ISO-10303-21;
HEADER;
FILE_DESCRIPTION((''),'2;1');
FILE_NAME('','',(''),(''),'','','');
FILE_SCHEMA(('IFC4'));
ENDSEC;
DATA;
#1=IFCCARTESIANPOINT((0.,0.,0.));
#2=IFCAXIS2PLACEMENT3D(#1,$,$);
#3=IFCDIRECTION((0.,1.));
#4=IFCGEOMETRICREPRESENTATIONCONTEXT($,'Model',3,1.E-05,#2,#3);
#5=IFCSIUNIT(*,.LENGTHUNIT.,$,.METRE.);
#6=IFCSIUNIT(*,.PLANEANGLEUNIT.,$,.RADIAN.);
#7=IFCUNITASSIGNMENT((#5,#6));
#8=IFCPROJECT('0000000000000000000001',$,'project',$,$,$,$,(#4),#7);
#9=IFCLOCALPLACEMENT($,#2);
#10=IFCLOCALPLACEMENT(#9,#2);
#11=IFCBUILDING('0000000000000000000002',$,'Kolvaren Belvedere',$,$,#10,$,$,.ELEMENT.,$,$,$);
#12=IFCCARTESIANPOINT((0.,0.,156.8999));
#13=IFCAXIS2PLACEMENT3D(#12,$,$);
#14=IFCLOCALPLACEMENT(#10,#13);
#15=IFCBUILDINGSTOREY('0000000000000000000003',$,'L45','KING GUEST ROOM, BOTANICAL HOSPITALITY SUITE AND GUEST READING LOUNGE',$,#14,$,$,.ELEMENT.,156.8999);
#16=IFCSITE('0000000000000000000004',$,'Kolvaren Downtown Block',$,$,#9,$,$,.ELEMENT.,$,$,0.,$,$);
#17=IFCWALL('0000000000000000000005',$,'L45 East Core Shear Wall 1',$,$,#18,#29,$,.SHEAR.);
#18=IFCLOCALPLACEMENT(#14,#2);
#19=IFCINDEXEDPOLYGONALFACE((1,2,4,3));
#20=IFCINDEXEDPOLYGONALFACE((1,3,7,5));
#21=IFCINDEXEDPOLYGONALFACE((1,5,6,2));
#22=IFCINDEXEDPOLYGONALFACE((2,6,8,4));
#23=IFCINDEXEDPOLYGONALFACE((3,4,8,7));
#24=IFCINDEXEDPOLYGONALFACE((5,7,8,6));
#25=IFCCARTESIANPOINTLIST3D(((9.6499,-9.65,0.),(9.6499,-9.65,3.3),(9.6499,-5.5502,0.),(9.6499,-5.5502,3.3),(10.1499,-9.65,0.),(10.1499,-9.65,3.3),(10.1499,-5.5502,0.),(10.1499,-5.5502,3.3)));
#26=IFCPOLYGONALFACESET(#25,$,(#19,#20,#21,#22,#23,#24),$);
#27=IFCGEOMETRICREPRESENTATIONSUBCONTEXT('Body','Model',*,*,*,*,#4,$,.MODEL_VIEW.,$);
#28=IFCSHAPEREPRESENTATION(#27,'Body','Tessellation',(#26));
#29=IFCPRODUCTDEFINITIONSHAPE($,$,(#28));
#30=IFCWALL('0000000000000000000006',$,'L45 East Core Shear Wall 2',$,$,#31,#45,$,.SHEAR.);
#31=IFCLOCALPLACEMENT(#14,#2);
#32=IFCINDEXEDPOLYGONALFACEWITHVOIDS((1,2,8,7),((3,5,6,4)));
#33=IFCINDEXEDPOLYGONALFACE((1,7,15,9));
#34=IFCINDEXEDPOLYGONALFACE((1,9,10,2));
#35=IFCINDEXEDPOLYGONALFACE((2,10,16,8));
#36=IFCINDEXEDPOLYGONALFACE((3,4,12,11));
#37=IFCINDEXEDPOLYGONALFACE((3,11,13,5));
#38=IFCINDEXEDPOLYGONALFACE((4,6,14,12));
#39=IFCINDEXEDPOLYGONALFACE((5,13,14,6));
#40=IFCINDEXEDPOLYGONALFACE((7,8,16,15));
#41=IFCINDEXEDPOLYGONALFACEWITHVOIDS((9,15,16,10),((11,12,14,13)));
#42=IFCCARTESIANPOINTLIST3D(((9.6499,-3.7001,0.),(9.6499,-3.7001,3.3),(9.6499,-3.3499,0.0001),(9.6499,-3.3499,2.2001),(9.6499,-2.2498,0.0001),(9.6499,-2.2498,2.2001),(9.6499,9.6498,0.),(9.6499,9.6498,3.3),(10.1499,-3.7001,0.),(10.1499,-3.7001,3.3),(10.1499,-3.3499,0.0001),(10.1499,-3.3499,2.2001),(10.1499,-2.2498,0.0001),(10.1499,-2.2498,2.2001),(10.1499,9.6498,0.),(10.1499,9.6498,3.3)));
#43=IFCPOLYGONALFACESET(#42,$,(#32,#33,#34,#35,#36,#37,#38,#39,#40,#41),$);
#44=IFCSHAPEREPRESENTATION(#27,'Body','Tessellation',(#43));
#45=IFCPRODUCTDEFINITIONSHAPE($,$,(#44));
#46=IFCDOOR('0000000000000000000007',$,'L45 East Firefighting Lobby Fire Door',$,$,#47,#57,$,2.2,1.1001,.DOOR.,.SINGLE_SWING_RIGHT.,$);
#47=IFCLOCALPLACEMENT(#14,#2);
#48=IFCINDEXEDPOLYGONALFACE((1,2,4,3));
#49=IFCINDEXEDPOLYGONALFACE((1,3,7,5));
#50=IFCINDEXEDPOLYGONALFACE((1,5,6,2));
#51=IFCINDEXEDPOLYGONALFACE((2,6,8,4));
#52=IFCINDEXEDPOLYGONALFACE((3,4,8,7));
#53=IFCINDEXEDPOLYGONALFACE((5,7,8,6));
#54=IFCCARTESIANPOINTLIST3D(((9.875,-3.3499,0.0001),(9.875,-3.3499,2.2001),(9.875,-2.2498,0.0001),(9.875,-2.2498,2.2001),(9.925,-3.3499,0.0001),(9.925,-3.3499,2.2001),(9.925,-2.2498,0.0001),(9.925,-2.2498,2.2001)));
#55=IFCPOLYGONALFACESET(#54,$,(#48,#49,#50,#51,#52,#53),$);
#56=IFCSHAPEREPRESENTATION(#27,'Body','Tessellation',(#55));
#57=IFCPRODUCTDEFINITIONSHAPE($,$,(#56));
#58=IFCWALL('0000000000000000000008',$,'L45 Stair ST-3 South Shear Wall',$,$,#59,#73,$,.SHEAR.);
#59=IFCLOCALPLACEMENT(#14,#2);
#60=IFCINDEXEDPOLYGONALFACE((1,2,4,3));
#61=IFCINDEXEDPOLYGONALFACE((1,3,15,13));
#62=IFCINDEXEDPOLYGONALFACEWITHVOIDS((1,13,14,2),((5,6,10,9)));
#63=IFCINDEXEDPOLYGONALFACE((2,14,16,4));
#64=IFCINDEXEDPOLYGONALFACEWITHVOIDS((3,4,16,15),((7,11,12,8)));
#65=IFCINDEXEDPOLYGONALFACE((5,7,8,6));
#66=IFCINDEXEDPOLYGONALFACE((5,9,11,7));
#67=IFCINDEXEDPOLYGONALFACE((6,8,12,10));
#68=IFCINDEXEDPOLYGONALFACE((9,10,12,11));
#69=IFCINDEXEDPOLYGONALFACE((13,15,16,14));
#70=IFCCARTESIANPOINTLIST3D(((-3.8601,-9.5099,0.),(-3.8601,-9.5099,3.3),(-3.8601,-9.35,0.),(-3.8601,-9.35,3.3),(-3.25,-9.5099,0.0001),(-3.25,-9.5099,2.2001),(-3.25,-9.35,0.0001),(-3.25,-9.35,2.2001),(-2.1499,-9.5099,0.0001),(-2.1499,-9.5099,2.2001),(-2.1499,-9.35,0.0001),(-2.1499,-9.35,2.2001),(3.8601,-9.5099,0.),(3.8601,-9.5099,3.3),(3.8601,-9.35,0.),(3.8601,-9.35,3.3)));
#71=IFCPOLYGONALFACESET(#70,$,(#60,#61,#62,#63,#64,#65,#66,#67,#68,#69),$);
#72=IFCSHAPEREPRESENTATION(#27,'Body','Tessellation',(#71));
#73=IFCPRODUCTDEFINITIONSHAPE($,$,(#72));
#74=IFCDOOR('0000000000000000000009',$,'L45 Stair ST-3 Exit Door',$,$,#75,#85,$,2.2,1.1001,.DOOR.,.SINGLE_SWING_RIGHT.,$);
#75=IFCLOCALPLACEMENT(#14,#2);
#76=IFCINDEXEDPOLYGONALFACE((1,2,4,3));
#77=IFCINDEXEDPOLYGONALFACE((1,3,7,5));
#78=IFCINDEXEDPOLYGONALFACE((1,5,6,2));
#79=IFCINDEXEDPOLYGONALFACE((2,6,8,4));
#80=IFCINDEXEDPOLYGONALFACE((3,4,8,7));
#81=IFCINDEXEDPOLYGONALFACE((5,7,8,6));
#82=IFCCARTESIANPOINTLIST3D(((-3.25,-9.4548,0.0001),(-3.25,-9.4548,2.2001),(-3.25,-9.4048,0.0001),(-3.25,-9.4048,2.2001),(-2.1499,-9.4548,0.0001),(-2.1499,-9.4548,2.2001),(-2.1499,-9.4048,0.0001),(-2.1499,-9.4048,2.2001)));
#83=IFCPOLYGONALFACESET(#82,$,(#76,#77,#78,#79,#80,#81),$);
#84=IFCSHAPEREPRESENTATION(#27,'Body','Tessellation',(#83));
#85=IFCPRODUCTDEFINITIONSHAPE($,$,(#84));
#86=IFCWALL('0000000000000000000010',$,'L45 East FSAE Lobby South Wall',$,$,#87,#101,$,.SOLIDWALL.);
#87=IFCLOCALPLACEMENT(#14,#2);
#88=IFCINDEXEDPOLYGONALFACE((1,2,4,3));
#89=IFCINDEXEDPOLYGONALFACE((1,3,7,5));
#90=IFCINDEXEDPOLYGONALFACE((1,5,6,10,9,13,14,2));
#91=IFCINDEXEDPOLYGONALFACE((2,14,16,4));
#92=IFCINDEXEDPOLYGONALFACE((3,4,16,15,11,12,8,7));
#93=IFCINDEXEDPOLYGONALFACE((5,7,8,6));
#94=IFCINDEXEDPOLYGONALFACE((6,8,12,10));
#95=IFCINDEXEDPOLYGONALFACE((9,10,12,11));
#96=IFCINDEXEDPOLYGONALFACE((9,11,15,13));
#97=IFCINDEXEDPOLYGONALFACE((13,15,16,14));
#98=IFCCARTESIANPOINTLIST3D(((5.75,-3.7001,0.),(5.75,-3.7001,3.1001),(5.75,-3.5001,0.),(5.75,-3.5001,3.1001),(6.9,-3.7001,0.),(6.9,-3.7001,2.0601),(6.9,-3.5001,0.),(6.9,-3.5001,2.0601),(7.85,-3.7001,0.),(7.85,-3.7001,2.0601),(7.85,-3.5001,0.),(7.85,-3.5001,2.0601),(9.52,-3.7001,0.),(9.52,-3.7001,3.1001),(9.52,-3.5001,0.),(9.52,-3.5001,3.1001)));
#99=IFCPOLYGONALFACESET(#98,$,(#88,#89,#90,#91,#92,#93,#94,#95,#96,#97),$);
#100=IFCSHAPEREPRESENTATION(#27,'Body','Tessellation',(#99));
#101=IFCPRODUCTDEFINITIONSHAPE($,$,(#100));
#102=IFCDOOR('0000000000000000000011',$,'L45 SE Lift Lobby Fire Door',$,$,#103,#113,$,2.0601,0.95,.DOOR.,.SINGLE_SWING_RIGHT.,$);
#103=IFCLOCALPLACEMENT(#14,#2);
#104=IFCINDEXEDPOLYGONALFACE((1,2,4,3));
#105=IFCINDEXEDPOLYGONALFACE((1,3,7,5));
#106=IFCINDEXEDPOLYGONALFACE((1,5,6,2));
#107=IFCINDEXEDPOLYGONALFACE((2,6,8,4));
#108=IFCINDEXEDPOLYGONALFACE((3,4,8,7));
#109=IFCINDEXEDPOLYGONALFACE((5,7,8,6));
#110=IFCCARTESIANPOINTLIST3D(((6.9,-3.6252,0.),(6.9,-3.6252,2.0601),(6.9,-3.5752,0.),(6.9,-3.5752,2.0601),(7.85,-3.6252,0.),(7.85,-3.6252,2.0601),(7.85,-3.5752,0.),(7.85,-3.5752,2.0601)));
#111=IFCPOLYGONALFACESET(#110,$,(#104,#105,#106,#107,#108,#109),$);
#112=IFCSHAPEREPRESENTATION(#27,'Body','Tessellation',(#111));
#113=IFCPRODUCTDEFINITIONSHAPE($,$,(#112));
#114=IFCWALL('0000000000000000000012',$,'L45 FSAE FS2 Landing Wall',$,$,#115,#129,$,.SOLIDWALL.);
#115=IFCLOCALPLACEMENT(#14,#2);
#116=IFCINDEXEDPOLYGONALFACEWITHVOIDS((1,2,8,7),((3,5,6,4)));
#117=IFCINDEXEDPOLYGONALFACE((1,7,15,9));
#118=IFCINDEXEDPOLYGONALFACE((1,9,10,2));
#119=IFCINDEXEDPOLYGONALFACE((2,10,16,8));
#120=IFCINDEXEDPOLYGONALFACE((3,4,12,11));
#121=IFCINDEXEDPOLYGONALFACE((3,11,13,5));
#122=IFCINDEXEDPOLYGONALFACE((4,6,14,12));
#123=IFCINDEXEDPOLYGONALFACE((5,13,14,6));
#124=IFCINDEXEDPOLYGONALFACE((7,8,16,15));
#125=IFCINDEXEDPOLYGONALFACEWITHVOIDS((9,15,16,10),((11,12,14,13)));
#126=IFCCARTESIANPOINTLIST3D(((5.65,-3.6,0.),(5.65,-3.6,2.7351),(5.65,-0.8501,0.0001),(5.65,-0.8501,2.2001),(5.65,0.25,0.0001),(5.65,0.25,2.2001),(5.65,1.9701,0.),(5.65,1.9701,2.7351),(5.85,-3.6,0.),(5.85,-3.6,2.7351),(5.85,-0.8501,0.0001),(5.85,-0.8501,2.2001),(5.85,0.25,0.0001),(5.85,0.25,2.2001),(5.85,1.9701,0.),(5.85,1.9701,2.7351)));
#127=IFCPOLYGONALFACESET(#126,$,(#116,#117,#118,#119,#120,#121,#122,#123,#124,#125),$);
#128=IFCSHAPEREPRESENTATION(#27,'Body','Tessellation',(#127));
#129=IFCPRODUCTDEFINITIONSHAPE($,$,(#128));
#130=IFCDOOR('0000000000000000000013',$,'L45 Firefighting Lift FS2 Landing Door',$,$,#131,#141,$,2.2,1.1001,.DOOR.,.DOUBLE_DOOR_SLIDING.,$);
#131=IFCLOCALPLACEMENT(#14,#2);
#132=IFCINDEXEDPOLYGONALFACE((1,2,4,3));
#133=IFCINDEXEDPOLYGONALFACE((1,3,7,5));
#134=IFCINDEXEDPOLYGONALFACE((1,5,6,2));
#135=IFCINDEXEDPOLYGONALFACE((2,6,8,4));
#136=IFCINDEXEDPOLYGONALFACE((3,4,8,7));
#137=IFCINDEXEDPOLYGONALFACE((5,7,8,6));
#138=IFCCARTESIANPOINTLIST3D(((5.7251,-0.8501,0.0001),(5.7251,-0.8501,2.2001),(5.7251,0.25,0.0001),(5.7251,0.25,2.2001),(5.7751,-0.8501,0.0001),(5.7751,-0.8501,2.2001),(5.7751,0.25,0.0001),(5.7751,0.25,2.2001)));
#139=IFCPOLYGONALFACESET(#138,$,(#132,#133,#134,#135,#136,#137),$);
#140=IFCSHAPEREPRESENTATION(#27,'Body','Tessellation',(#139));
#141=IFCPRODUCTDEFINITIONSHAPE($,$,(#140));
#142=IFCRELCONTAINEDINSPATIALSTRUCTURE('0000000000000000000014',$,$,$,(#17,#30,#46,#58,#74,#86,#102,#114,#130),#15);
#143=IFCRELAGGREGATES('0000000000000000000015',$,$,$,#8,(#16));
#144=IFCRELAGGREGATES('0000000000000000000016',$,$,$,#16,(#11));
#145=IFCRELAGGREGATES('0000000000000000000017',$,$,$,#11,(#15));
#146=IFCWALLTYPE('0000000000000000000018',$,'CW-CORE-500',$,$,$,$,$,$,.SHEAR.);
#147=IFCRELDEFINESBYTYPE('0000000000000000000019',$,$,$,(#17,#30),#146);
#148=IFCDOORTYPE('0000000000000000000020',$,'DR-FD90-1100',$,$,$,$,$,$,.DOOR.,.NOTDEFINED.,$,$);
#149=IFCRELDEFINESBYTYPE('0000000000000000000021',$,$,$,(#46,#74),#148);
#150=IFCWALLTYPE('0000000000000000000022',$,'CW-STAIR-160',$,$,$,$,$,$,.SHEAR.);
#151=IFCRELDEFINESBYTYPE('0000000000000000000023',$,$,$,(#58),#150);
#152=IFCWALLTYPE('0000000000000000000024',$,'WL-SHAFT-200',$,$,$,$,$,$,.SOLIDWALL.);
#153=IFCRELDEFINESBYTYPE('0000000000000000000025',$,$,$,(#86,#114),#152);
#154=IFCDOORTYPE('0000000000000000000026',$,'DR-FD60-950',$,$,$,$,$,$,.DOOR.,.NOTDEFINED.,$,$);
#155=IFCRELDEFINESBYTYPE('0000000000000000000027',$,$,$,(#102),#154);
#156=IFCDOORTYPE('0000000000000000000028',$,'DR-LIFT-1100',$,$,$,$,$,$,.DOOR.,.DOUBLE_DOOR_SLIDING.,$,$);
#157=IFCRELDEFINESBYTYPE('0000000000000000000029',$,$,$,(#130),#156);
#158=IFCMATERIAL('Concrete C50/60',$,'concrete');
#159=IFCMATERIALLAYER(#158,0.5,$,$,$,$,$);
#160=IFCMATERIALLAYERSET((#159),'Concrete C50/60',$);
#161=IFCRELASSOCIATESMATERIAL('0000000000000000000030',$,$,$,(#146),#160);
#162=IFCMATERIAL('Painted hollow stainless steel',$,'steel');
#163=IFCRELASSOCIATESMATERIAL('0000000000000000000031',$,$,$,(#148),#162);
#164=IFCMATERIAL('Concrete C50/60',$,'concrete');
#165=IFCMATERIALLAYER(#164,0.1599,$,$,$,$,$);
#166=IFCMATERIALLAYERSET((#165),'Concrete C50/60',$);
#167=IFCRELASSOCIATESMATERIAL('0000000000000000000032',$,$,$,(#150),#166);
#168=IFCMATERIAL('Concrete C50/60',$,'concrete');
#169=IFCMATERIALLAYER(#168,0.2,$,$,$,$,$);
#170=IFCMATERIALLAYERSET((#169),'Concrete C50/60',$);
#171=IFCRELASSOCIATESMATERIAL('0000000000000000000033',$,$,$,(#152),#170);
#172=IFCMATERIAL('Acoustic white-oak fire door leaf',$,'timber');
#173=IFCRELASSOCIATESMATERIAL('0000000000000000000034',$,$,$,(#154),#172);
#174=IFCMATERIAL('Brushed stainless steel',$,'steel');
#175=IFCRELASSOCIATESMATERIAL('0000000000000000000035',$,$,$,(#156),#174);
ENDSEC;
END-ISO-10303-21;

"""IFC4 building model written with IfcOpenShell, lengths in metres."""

from ifc_helpers import new_model, si_unit, direction, frame, frame_2d, origin, place, context, subcontext, project, spatial, rectangle, extrude, material, layer, layer_set, type_object, element, fill, save


model = new_model("IFC4")

# Units and contexts
model_context = context("Model", 3, precision=1e-05, world=origin(), true_north=direction((0.0, 1.0)))
body_context = subcontext(model_context, "Body", "Model", "MODEL_VIEW")
ifc_project = project(units=[si_unit("LENGTHUNIT", "METRE"), si_unit("PLANEANGLEUNIT", "RADIAN")], contexts=[model_context])

# Site, building, storey
site_placement = place(None, origin())
site = spatial("IfcSite", under=ifc_project, at=site_placement, Name="Kolvaren Downtown Block", CompositionType="ELEMENT", RefElevation=0.0)
building_placement = place(site_placement, origin())
building = spatial("IfcBuilding", under=site, at=building_placement, Name="Kolvaren Belvedere", CompositionType="ELEMENT")
storey_placement = place(building_placement, frame((0.0, 0.0, 156.8999)))
storey = spatial("IfcBuildingStorey", under=building, at=storey_placement, Name="L45", Description="KING GUEST ROOM, BOTANICAL HOSPITALITY SUITE AND GUEST READING LOUNGE", CompositionType="ELEMENT", Elevation=156.8999)

# Wall
ifc_material_1 = material(Name="Concrete C50/60", Category="concrete")
ifc_layer_1 = layer(ifc_material_1, 0.5)
ifc_layer_set_1 = layer_set([ifc_layer_1], Name="Concrete C50/60")
wall_type_1 = type_object("IfcWallType", Name="CW-CORE-500", PredefinedType="SHEAR", material=ifc_layer_set_1)
wall_1_placement = place(storey_placement, frame((9.8999, -9.6499, 0.0), z_axis=(0.0, 0.0, 1.0), x_axis=(0.0, 1.0, 0.0)))
element("IfcWall", 1, at=wall_1_placement, inside=storey, type_object=wall_type_1, Name="L45 East Core Shear Wall 1", PredefinedType="SHEAR", context=body_context, shape_type="SweptSolid", body=[
    extrude(rectangle(XDim=4.0999, YDim=0.5, at=frame_2d((2.0498, 0.0))), origin(), (0.0, 0.0, 1.0), 3.3),
])

# Walls, openings, doors
wall_2_placement = place(storey_placement, frame((9.8999, -3.7, 0.0), z_axis=(0.0, 0.0, 1.0), x_axis=(0.0, 1.0, 0.0)))
wall_2 = element("IfcWall", 2, at=wall_2_placement, inside=storey, type_object=wall_type_1, Name="L45 East Core Shear Wall 2", PredefinedType="SHEAR", context=body_context, shape_type="SweptSolid", body=[
    extrude(rectangle(XDim=13.3499, YDim=0.5, at=frame_2d((6.6748, 0.0))), origin(), (0.0, 0.0, 1.0), 3.3),
])
opening_1_placement = place(wall_2_placement, frame((0.3501, 0.0, 0.0)))
opening_1 = element("IfcOpeningElement", 3, at=opening_1_placement, cuts=wall_2, PredefinedType="OPENING", context=body_context, shape_type="SweptSolid", body=[
    extrude(rectangle(XDim=1.1001, YDim=2.2, at=frame_2d((0.55, 1.1001))), frame((0.0, 0.26, 0.0), z_axis=(0.0, -1.0, 0.0), x_axis=(1.0, 0.0, 0.0)), (0.0, 0.0, 1.0), 0.52),
])
ifc_material_2 = material(Name="Painted hollow stainless steel", Category="steel")
door_type_1 = type_object("IfcDoorType", Name="DR-FD90-1100", OperationType="NOTDEFINED", PredefinedType="DOOR", material=ifc_material_2)
door_1_placement = place(opening_1_placement, origin())
door_1 = element("IfcDoor", 4, at=door_1_placement, inside=storey, type_object=door_type_1, Name="L45 East Firefighting Lobby Fire Door", OperationType="SINGLE_SWING_RIGHT", OverallHeight=2.2, OverallWidth=1.1001, PredefinedType="DOOR", context=body_context, shape_type="SweptSolid", body=[
    extrude(rectangle(XDim=1.1001, YDim=2.2, at=frame_2d((0.55, 1.1001))), frame((0.0, 0.0249, 0.0), z_axis=(0.0, -1.0, 0.0), x_axis=(1.0, 0.0, 0.0)), (0.0, 0.0, 1.0), 0.05),
])
fill(opening_1, door_1)
ifc_material_3 = material(Name="Concrete C50/60", Category="concrete")
ifc_layer_2 = layer(ifc_material_3, 0.1599)
ifc_layer_set_2 = layer_set([ifc_layer_2], Name="Concrete C50/60")
wall_type_2 = type_object("IfcWallType", Name="CW-STAIR-160", PredefinedType="SHEAR", material=ifc_layer_set_2)
wall_3_placement = place(storey_placement, frame((3.8601, -9.4299, 0.0), z_axis=(0.0, 0.0, 1.0), x_axis=(-1.0, 0.0, 0.0)))
wall_3 = element("IfcWall", 5, at=wall_3_placement, inside=storey, type_object=wall_type_2, Name="L45 Stair ST-3 South Shear Wall", PredefinedType="SHEAR", context=body_context, shape_type="SweptSolid", body=[
    extrude(rectangle(XDim=7.7202, YDim=0.1599, at=frame_2d((3.8601, 0.0))), origin(), (0.0, 0.0, 1.0), 3.3),
])
opening_2_placement = place(wall_3_placement, frame((6.01, 0.0, 0.0)))
opening_2 = element("IfcOpeningElement", 6, at=opening_2_placement, cuts=wall_3, PredefinedType="OPENING", context=body_context, shape_type="SweptSolid", body=[
    extrude(rectangle(XDim=1.1001, YDim=2.2, at=frame_2d((0.55, 1.1001))), frame((0.0, 0.0898, 0.0), z_axis=(0.0, -1.0, 0.0), x_axis=(1.0, 0.0, 0.0)), (0.0, 0.0, 1.0), 0.1799),
])
door_2_placement = place(opening_2_placement, origin())
door_2 = element("IfcDoor", 7, at=door_2_placement, inside=storey, type_object=door_type_1, Name="L45 Stair ST-3 Exit Door", OperationType="SINGLE_SWING_RIGHT", OverallHeight=2.2, OverallWidth=1.1001, PredefinedType="DOOR", context=body_context, shape_type="SweptSolid", body=[
    extrude(rectangle(XDim=1.1001, YDim=2.2, at=frame_2d((0.55, 1.1001))), frame((0.0, 0.0249, 0.0), z_axis=(0.0, -1.0, 0.0), x_axis=(1.0, 0.0, 0.0)), (0.0, 0.0, 1.0), 0.05),
])
fill(opening_2, door_2)
ifc_material_4 = material(Name="Concrete C50/60", Category="concrete")
ifc_layer_3 = layer(ifc_material_4, 0.2)
ifc_layer_set_3 = layer_set([ifc_layer_3], Name="Concrete C50/60")
wall_type_3 = type_object("IfcWallType", Name="WL-SHAFT-200", PredefinedType="SOLIDWALL", material=ifc_layer_set_3)
wall_4_placement = place(storey_placement, frame((5.75, -3.6001, 0.0), z_axis=(0.0, 0.0, 1.0), x_axis=(1.0, 0.0, 0.0)))
wall_4 = element("IfcWall", 8, at=wall_4_placement, inside=storey, type_object=wall_type_3, Name="L45 East FSAE Lobby South Wall", PredefinedType="SOLIDWALL", context=body_context, shape_type="SweptSolid", body=[
    extrude(rectangle(XDim=3.77, YDim=0.2, at=frame_2d((1.885, 0.0))), origin(), (0.0, 0.0, 1.0), 3.1001),
])
opening_3_placement = place(wall_4_placement, frame((1.1499, 0.0, 0.0)))
opening_3 = element("IfcOpeningElement", 9, at=opening_3_placement, cuts=wall_4, PredefinedType="OPENING", context=body_context, shape_type="SweptSolid", body=[
    extrude(rectangle(XDim=0.95, YDim=2.0601, at=frame_2d((0.4751, 1.03))), frame((0.0, 0.1099, 0.0), z_axis=(0.0, -1.0, 0.0), x_axis=(1.0, 0.0, 0.0)), (0.0, 0.0, 1.0), 0.22),
])
ifc_material_5 = material(Name="Acoustic white-oak fire door leaf", Category="timber")
door_type_2 = type_object("IfcDoorType", Name="DR-FD60-950", OperationType="NOTDEFINED", PredefinedType="DOOR", material=ifc_material_5)
door_3_placement = place(opening_3_placement, origin())
door_3 = element("IfcDoor", 10, at=door_3_placement, inside=storey, type_object=door_type_2, Name="L45 SE Lift Lobby Fire Door", OperationType="SINGLE_SWING_RIGHT", OverallHeight=2.0601, OverallWidth=0.95, PredefinedType="DOOR", context=body_context, shape_type="SweptSolid", body=[
    extrude(rectangle(XDim=0.95, YDim=2.0601, at=frame_2d((0.4751, 1.03))), frame((0.0, 0.0249, 0.0), z_axis=(0.0, -1.0, 0.0), x_axis=(1.0, 0.0, 0.0)), (0.0, 0.0, 1.0), 0.05),
])
fill(opening_3, door_3)
wall_5_placement = place(storey_placement, frame((5.75, -3.6001, 0.0), z_axis=(0.0, 0.0, 1.0), x_axis=(0.0, 1.0, 0.0)))
wall_5 = element("IfcWall", 11, at=wall_5_placement, inside=storey, type_object=wall_type_3, Name="L45 FSAE FS2 Landing Wall", PredefinedType="SOLIDWALL", context=body_context, shape_type="SweptSolid", body=[
    extrude(rectangle(XDim=5.5701, YDim=0.2, at=frame_2d((2.7852, 0.0))), origin(), (0.0, 0.0, 1.0), 2.7351),
])
opening_4_placement = place(wall_5_placement, frame((2.75, 0.0, 0.0)))
opening_4 = element("IfcOpeningElement", 12, at=opening_4_placement, cuts=wall_5, PredefinedType="OPENING", context=body_context, shape_type="SweptSolid", body=[
    extrude(rectangle(XDim=1.1001, YDim=2.2, at=frame_2d((0.55, 1.1001))), frame((0.0, 0.1099, 0.0), z_axis=(0.0, -1.0, 0.0), x_axis=(1.0, 0.0, 0.0)), (0.0, 0.0, 1.0), 0.22),
])
ifc_material_6 = material(Name="Brushed stainless steel", Category="steel")
door_type_3 = type_object("IfcDoorType", Name="DR-LIFT-1100", OperationType="DOUBLE_DOOR_SLIDING", PredefinedType="DOOR", material=ifc_material_6)
door_4_placement = place(opening_4_placement, origin())
door_4 = element("IfcDoor", 13, at=door_4_placement, inside=storey, type_object=door_type_3, Name="L45 Firefighting Lift FS2 Landing Door", OperationType="DOUBLE_DOOR_SLIDING", OverallHeight=2.2, OverallWidth=1.1001, PredefinedType="DOOR", context=body_context, shape_type="SweptSolid", body=[
    extrude(rectangle(XDim=1.1001, YDim=2.2, at=frame_2d((0.55, 1.1001))), frame((0.0, 0.0249, 0.0), z_axis=(0.0, -1.0, 0.0), x_axis=(1.0, 0.0, 0.0)), (0.0, 0.0, 1.0), 0.05),
])
fill(opening_4, door_4)

save(model, "model.ifc")
